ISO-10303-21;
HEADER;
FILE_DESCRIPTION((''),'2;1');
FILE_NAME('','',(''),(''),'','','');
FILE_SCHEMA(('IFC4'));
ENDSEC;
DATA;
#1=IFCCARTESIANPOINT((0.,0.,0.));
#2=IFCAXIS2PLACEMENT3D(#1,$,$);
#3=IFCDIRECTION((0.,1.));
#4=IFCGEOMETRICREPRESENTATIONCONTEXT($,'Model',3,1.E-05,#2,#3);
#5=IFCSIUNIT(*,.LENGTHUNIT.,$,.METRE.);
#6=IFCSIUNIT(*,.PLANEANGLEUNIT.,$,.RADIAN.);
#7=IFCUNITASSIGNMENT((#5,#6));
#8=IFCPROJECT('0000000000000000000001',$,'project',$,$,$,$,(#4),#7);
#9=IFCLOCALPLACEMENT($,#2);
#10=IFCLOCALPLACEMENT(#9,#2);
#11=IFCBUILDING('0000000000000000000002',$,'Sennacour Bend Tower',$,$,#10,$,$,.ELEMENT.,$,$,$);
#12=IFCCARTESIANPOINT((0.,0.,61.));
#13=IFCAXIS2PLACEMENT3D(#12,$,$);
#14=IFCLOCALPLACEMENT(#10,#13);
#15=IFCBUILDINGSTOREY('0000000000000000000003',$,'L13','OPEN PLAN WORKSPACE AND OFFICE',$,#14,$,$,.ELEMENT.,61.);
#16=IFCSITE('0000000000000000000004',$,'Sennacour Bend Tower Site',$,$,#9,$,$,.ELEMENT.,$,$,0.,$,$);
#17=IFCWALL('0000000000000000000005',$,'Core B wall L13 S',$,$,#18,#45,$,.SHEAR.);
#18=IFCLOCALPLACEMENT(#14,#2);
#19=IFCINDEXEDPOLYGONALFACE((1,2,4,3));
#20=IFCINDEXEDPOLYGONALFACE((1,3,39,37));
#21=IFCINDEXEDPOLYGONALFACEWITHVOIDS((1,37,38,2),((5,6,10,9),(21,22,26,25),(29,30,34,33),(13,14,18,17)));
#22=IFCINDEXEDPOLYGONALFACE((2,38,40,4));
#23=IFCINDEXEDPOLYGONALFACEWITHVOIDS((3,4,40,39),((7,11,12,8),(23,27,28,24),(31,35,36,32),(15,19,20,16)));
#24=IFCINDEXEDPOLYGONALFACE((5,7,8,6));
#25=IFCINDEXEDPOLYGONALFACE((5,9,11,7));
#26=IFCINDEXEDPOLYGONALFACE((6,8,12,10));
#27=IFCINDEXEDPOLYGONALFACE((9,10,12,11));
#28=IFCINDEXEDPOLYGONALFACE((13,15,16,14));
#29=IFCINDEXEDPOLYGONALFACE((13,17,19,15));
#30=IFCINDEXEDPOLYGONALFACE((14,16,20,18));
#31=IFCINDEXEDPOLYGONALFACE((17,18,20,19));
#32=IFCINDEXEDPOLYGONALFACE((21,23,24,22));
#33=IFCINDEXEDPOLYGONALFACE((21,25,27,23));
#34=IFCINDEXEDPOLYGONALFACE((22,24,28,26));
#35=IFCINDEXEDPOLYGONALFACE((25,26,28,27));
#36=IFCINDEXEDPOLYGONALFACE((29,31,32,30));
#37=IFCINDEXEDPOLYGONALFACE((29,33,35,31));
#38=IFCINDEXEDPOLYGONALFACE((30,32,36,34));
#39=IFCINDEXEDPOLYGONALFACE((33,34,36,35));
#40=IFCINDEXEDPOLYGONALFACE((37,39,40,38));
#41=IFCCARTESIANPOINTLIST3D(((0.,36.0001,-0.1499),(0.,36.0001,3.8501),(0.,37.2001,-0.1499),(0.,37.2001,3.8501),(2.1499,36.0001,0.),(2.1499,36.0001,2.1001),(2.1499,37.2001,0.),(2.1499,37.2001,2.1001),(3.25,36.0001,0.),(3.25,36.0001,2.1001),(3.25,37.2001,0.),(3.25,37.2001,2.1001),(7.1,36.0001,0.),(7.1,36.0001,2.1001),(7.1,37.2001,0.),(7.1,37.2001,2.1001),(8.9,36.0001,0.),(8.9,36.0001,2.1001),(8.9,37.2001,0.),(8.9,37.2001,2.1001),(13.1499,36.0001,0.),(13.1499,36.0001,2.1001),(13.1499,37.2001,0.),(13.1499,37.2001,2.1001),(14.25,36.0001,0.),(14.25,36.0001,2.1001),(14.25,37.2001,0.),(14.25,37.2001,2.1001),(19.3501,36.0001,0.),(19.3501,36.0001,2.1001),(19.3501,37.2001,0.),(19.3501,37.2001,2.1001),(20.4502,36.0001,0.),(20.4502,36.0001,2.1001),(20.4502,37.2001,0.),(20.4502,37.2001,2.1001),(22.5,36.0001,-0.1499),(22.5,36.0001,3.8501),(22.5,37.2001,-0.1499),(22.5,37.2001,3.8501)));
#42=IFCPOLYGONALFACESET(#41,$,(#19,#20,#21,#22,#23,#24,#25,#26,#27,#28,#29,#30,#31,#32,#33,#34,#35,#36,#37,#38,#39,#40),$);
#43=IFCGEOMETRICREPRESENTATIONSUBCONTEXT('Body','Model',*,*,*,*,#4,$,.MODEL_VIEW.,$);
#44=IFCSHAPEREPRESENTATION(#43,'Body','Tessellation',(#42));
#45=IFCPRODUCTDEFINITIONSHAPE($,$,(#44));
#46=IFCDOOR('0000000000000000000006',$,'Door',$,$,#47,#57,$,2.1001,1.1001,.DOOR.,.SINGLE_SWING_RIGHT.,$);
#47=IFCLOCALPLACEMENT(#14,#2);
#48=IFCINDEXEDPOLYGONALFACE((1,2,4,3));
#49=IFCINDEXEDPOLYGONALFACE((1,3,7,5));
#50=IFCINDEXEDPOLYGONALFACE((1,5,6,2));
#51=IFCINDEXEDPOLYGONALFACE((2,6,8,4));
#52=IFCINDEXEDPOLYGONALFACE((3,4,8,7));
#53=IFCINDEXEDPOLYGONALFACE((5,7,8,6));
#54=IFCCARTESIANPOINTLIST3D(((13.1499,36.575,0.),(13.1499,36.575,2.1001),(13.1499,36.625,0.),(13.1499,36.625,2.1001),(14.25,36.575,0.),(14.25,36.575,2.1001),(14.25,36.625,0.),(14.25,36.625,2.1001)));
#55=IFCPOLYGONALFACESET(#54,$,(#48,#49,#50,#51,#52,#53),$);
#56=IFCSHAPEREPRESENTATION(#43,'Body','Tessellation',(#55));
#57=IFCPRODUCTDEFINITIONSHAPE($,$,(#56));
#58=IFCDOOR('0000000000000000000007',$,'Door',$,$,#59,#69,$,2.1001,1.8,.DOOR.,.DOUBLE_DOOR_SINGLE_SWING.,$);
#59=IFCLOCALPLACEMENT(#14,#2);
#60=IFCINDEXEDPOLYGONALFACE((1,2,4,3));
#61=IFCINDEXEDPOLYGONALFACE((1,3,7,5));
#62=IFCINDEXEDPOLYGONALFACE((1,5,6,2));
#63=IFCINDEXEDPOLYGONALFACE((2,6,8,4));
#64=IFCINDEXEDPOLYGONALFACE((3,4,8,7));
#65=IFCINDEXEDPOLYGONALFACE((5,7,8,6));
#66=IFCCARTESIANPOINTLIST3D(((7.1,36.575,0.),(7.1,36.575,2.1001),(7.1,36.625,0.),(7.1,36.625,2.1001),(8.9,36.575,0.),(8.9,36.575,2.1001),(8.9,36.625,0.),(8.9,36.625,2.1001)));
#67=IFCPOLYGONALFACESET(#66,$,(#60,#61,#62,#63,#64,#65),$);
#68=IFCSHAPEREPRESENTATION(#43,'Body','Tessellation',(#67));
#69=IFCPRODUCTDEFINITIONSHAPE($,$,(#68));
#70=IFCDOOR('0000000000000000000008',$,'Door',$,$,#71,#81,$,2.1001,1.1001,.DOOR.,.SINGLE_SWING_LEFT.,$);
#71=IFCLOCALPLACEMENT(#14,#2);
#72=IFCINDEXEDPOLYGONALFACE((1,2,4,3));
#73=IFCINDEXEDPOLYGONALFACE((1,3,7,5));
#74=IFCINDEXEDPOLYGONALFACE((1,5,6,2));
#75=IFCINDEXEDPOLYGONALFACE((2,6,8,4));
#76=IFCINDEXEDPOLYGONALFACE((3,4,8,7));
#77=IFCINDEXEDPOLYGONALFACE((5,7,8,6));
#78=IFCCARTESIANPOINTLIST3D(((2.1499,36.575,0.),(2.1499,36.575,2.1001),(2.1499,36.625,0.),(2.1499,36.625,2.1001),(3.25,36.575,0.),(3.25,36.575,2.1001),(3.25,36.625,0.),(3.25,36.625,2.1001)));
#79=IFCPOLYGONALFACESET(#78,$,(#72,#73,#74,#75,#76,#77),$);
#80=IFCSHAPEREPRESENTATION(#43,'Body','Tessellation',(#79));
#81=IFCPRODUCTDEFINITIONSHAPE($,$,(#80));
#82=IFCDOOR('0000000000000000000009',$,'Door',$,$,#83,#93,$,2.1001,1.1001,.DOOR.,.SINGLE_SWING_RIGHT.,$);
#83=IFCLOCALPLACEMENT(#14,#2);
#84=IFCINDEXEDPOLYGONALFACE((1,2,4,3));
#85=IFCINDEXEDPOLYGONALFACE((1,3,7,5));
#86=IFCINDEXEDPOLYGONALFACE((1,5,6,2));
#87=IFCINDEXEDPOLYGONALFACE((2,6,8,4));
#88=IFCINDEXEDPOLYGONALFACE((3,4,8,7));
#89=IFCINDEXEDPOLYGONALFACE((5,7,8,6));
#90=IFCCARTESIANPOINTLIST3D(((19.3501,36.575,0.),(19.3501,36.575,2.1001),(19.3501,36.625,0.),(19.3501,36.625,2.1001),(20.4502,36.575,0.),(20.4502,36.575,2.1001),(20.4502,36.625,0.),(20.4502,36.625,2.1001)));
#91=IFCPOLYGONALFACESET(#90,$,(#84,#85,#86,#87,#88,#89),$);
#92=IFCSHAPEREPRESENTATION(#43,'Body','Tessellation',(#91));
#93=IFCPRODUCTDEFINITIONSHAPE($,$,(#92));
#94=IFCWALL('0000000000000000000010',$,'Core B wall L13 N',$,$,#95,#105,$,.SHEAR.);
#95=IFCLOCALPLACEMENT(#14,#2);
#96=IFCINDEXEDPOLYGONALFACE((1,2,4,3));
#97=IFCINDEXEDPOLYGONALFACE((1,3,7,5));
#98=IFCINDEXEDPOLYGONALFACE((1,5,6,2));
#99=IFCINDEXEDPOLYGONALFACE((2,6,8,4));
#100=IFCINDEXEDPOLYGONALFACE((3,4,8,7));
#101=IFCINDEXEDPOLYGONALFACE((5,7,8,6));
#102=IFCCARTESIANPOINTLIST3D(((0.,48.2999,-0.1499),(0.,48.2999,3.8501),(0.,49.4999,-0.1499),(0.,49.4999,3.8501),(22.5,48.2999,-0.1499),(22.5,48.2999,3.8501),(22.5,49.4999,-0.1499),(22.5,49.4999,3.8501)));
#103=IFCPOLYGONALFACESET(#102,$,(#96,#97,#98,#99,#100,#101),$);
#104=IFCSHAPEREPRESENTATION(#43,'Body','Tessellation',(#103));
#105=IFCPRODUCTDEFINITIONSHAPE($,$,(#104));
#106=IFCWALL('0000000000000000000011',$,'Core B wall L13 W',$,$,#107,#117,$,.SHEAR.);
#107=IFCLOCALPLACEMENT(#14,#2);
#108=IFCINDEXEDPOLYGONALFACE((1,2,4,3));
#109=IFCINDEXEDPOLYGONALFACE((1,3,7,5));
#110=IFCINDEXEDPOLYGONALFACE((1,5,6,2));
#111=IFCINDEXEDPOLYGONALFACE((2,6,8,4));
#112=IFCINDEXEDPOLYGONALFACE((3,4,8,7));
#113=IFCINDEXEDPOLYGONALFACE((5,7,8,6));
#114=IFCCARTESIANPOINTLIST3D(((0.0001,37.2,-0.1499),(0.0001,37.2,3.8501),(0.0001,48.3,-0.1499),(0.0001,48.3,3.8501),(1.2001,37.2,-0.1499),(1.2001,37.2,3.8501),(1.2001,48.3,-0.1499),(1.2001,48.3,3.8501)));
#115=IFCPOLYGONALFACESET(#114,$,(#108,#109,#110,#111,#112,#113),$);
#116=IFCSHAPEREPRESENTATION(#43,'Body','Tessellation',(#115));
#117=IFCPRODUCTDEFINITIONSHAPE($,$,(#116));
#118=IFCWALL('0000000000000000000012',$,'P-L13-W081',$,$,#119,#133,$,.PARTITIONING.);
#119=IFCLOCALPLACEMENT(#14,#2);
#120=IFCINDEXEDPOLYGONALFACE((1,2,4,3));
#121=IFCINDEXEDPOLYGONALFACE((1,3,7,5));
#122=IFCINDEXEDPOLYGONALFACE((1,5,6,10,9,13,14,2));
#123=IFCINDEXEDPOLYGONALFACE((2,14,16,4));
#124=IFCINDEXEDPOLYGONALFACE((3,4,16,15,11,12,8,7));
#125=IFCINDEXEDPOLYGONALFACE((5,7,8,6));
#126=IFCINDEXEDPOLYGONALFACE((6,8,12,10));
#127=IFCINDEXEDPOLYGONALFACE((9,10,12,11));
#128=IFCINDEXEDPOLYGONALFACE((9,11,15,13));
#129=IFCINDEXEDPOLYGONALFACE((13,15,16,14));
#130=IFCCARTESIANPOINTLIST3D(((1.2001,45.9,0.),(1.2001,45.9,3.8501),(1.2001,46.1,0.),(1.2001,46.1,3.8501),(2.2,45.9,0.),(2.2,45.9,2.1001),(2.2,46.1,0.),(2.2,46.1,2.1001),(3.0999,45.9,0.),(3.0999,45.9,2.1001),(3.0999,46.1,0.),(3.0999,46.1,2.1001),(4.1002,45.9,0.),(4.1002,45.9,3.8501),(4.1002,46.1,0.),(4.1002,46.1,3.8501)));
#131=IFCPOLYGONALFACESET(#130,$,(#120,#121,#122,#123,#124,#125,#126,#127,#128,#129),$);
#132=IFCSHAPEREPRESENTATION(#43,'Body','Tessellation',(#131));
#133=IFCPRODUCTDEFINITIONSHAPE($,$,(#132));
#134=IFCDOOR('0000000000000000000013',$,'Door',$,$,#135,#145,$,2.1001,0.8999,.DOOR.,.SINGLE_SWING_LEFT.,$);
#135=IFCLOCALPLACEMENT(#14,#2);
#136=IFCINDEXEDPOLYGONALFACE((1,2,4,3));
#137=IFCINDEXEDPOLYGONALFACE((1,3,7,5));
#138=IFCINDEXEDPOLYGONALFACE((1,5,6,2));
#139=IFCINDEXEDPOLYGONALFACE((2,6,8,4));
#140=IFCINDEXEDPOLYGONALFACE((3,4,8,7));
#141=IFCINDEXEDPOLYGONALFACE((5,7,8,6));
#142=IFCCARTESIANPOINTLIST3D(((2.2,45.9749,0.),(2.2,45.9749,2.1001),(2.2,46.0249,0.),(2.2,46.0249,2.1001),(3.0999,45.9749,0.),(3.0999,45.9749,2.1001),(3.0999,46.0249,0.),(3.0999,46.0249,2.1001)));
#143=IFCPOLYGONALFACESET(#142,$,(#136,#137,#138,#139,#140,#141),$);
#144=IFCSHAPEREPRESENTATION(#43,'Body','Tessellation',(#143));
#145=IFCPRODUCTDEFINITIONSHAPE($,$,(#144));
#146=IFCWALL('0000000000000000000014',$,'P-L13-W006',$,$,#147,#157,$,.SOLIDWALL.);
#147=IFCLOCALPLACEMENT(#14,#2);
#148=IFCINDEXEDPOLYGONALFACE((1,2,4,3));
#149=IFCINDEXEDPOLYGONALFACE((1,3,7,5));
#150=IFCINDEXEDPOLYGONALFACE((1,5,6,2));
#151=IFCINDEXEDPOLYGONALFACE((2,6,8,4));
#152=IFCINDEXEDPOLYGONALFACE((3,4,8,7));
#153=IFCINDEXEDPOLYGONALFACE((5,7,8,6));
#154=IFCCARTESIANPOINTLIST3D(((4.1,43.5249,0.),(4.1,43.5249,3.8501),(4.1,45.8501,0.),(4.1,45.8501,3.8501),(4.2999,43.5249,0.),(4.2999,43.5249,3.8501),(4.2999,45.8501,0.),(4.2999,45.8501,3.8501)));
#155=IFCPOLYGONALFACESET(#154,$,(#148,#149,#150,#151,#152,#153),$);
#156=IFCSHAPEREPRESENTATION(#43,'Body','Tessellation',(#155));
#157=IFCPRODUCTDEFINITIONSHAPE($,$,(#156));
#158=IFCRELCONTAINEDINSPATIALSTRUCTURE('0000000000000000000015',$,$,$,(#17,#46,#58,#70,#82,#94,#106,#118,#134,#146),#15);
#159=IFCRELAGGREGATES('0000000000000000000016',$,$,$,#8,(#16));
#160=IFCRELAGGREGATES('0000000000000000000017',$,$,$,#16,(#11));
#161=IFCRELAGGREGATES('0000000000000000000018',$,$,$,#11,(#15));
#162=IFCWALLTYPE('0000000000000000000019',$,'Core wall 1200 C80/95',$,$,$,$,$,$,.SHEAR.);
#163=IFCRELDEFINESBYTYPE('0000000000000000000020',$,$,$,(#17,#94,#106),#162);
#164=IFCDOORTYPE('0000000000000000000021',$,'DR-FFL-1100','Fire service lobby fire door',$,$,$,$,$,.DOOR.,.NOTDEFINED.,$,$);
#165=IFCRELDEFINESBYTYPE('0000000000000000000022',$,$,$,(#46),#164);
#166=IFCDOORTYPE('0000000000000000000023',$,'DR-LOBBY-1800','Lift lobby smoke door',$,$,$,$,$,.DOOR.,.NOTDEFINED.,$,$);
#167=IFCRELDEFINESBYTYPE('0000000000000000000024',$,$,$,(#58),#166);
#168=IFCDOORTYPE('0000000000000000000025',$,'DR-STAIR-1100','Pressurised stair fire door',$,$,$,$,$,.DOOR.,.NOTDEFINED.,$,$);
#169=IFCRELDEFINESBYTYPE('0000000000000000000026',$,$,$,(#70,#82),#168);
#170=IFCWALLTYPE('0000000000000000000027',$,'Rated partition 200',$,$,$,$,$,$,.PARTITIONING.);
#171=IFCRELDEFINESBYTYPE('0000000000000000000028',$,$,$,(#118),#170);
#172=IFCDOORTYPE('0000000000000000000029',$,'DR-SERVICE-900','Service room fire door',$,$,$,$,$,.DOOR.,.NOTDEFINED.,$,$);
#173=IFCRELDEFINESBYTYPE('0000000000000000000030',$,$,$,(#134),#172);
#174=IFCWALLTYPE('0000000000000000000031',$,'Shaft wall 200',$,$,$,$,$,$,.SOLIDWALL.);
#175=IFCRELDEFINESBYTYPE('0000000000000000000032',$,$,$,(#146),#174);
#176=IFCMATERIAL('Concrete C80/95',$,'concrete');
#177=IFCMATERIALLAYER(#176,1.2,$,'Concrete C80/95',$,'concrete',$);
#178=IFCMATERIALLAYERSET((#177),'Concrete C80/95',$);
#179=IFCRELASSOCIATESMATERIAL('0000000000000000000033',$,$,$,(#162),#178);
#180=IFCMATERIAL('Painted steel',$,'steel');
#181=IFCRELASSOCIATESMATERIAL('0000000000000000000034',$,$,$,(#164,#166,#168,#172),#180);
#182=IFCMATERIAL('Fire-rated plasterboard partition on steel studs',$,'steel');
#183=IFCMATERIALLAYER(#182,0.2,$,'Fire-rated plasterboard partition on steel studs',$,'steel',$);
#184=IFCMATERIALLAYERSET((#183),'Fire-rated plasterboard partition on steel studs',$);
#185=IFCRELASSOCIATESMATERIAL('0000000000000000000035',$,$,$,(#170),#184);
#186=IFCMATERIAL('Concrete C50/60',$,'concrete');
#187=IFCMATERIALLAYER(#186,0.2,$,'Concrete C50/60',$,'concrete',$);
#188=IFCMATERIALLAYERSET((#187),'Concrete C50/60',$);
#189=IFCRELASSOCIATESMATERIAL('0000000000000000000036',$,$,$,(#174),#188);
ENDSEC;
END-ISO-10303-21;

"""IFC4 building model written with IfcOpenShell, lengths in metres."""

from ifc_helpers import new_model, si_unit, direction, frame, frame_2d, origin, place, context, subcontext, project, spatial, rectangle, extrude, material, layer, layer_set, type_object, element, fill, save


model = new_model("IFC4")

# Units and contexts
model_context = context("Model", 3, precision=1e-05, world=origin(), true_north=direction((0.0, 1.0)))
body_context = subcontext(model_context, "Body", "Model", "MODEL_VIEW")
ifc_project = project(units=[si_unit("LENGTHUNIT", "METRE"), si_unit("PLANEANGLEUNIT", "RADIAN")], contexts=[model_context])

# Site, building, storey
site_placement = place(None, origin())
site = spatial("IfcSite", under=ifc_project, at=site_placement, Name="Sennacour Bend Tower Site", CompositionType="ELEMENT", RefElevation=0.0)
building_placement = place(site_placement, origin())
building = spatial("IfcBuilding", under=site, at=building_placement, Name="Sennacour Bend Tower", CompositionType="ELEMENT")
storey_placement = place(building_placement, frame((0.0, 0.0, 61.0)))
storey = spatial("IfcBuildingStorey", under=building, at=storey_placement, Name="L13", Description="OPEN PLAN WORKSPACE AND OFFICE", CompositionType="ELEMENT", Elevation=61.0)

# Wall, openings, doors
ifc_material_1 = material(Name="Concrete C80/95", Category="concrete")
ifc_layer_1 = layer(ifc_material_1, 1.2, Name="Concrete C80/95", Category="concrete")
ifc_layer_set_1 = layer_set([ifc_layer_1], Name="Concrete C80/95")
wall_type_1 = type_object("IfcWallType", Name="Core wall 1200 C80/95", PredefinedType="SHEAR", material=ifc_layer_set_1)
wall_1_placement = place(storey_placement, frame((0.0, 36.6001, -0.1499), z_axis=(0.0, 0.0, 1.0), x_axis=(1.0, 0.0, 0.0)))
wall_1 = element("IfcWall", 1, at=wall_1_placement, inside=storey, type_object=wall_type_1, Name="Core B wall L13 S", PredefinedType="SHEAR", context=body_context, shape_type="SweptSolid", body=[
    extrude(rectangle(XDim=22.5, YDim=1.2, at=frame_2d((11.25, 0.0))), origin(), (0.0, 0.0, 1.0), 4.0),
])
opening_1_placement = place(wall_1_placement, frame((7.1001, 0.0, 0.1499)))
opening_1 = element("IfcOpeningElement", 2, at=opening_1_placement, cuts=wall_1, PredefinedType="OPENING", context=body_context, shape_type="SweptSolid", body=[
    extrude(rectangle(XDim=1.8, YDim=2.1001, at=frame_2d((0.8999, 1.05))), frame((0.0, 0.6099, 0.0), z_axis=(0.0, -1.0, 0.0), x_axis=(1.0, 0.0, 0.0)), (0.0, 0.0, 1.0), 1.22),
])
opening_2_placement = place(wall_1_placement, frame((13.1499, 0.0, 0.1499)))
opening_2 = element("IfcOpeningElement", 3, at=opening_2_placement, cuts=wall_1, PredefinedType="OPENING", context=body_context, shape_type="SweptSolid", body=[
    extrude(rectangle(XDim=1.1001, YDim=2.1001, at=frame_2d((0.55, 1.05))), frame((0.0, 0.6099, 0.0), z_axis=(0.0, -1.0, 0.0), x_axis=(1.0, 0.0, 0.0)), (0.0, 0.0, 1.0), 1.22),
])
opening_3_placement = place(wall_1_placement, frame((2.1499, 0.0, 0.1499)))
opening_3 = element("IfcOpeningElement", 4, at=opening_3_placement, cuts=wall_1, PredefinedType="OPENING", context=body_context, shape_type="SweptSolid", body=[
    extrude(rectangle(XDim=1.1001, YDim=2.1001, at=frame_2d((0.55, 1.05))), frame((0.0, 0.6099, 0.0), z_axis=(0.0, -1.0, 0.0), x_axis=(1.0, 0.0, 0.0)), (0.0, 0.0, 1.0), 1.22),
])
opening_4_placement = place(wall_1_placement, frame((19.3501, 0.0, 0.1499)))
opening_4 = element("IfcOpeningElement", 5, at=opening_4_placement, cuts=wall_1, PredefinedType="OPENING", context=body_context, shape_type="SweptSolid", body=[
    extrude(rectangle(XDim=1.1001, YDim=2.1001, at=frame_2d((0.55, 1.05))), frame((0.0, 0.6099, 0.0), z_axis=(0.0, -1.0, 0.0), x_axis=(1.0, 0.0, 0.0)), (0.0, 0.0, 1.0), 1.22),
])
ifc_material_2 = material(Name="Painted steel", Category="steel")
door_type_1 = type_object("IfcDoorType", Name="DR-FFL-1100", Description="Fire service lobby fire door", OperationType="NOTDEFINED", PredefinedType="DOOR", material=ifc_material_2)
door_1_placement = place(opening_2_placement, origin())
door_1 = element("IfcDoor", 6, at=door_1_placement, inside=storey, type_object=door_type_1, Name="Door", OperationType="SINGLE_SWING_RIGHT", OverallHeight=2.1001, OverallWidth=1.1001, PredefinedType="DOOR", context=body_context, shape_type="SweptSolid", body=[
    extrude(rectangle(XDim=1.1001, YDim=2.1001, at=frame_2d((0.55, 1.05))), frame((0.0, 0.0249, 0.0), z_axis=(0.0, -1.0, 0.0), x_axis=(1.0, 0.0, 0.0)), (0.0, 0.0, 1.0), 0.05),
])
fill(opening_2, door_1)
door_type_2 = type_object("IfcDoorType", Name="DR-LOBBY-1800", Description="Lift lobby smoke door", OperationType="NOTDEFINED", PredefinedType="DOOR", material=ifc_material_2)
door_2_placement = place(opening_1_placement, origin())
door_2 = element("IfcDoor", 7, at=door_2_placement, inside=storey, type_object=door_type_2, Name="Door", OperationType="DOUBLE_DOOR_SINGLE_SWING", OverallHeight=2.1001, OverallWidth=1.8, PredefinedType="DOOR", context=body_context, shape_type="SweptSolid", body=[
    extrude(rectangle(XDim=1.8, YDim=2.1001, at=frame_2d((0.8999, 1.05))), frame((0.0, 0.0249, 0.0), z_axis=(0.0, -1.0, 0.0), x_axis=(1.0, 0.0, 0.0)), (0.0, 0.0, 1.0), 0.05),
])
fill(opening_1, door_2)
door_type_3 = type_object("IfcDoorType", Name="DR-STAIR-1100", Description="Pressurised stair fire door", OperationType="NOTDEFINED", PredefinedType="DOOR", material=ifc_material_2)
door_3_placement = place(opening_3_placement, origin())
door_3 = element("IfcDoor", 8, at=door_3_placement, inside=storey, type_object=door_type_3, Name="Door", OperationType="SINGLE_SWING_LEFT", OverallHeight=2.1001, OverallWidth=1.1001, PredefinedType="DOOR", context=body_context, shape_type="SweptSolid", body=[
    extrude(rectangle(XDim=1.1001, YDim=2.1001, at=frame_2d((0.55, 1.05))), frame((0.0, 0.0249, 0.0), z_axis=(0.0, -1.0, 0.0), x_axis=(1.0, 0.0, 0.0)), (0.0, 0.0, 1.0), 0.05),
])
fill(opening_3, door_3)
door_4_placement = place(opening_4_placement, origin())
door_4 = element("IfcDoor", 9, at=door_4_placement, inside=storey, type_object=door_type_3, Name="Door", OperationType="SINGLE_SWING_RIGHT", OverallHeight=2.1001, OverallWidth=1.1001, PredefinedType="DOOR", context=body_context, shape_type="SweptSolid", body=[
    extrude(rectangle(XDim=1.1001, YDim=2.1001, at=frame_2d((0.55, 1.05))), frame((0.0, 0.0249, 0.0), z_axis=(0.0, -1.0, 0.0), x_axis=(1.0, 0.0, 0.0)), (0.0, 0.0, 1.0), 0.05),
])
fill(opening_4, door_4)

# Walls
wall_2_placement = place(storey_placement, frame((0.0, 48.8999, -0.1499), z_axis=(0.0, 0.0, 1.0), x_axis=(1.0, 0.0, 0.0)))
element("IfcWall", 10, at=wall_2_placement, inside=storey, type_object=wall_type_1, Name="Core B wall L13 N", PredefinedType="SHEAR", context=body_context, shape_type="SweptSolid", body=[
    extrude(rectangle(XDim=22.5, YDim=1.2, at=frame_2d((11.25, 0.0))), origin(), (0.0, 0.0, 1.0), 4.0),
])
wall_3_placement = place(storey_placement, frame((0.6001, 37.2, -0.1499), z_axis=(0.0, 0.0, 1.0), x_axis=(0.0, 1.0, 0.0)))
element("IfcWall", 11, at=wall_3_placement, inside=storey, type_object=wall_type_1, Name="Core B wall L13 W", PredefinedType="SHEAR", context=body_context, shape_type="SweptSolid", body=[
    extrude(rectangle(XDim=11.1001, YDim=1.2, at=frame_2d((5.55, 0.0))), origin(), (0.0, 0.0, 1.0), 4.0),
])

# Wall, opening, door
ifc_material_3 = material(Name="Fire-rated plasterboard partition on steel studs", Category="steel")
ifc_layer_2 = layer(ifc_material_3, 0.2, Name="Fire-rated plasterboard partition on steel studs", Category="steel")
ifc_layer_set_2 = layer_set([ifc_layer_2], Name="Fire-rated plasterboard partition on steel studs")
wall_type_2 = type_object("IfcWallType", Name="Rated partition 200", PredefinedType="PARTITIONING", material=ifc_layer_set_2)
wall_4_placement = place(storey_placement, frame((1.2, 46.0, 0.0), z_axis=(0.0, 0.0, 1.0), x_axis=(1.0, 0.0, 0.0)))
wall_4 = element("IfcWall", 12, at=wall_4_placement, inside=storey, type_object=wall_type_2, Name="P-L13-W081", PredefinedType="PARTITIONING", context=body_context, shape_type="SweptSolid", body=[
    extrude(rectangle(XDim=2.9001, YDim=0.2, at=frame_2d((1.4502, 0.0))), origin(), (0.0, 0.0, 1.0), 3.8501),
])
opening_5_placement = place(wall_4_placement, frame((1.0, 0.0, 0.0)))
opening_5 = element("IfcOpeningElement", 13, at=opening_5_placement, cuts=wall_4, PredefinedType="OPENING", context=body_context, shape_type="SweptSolid", body=[
    extrude(rectangle(XDim=0.8999, YDim=2.1001, at=frame_2d((0.45, 1.05))), frame((0.0, 0.1099, 0.0), z_axis=(0.0, -1.0, 0.0), x_axis=(1.0, 0.0, 0.0)), (0.0, 0.0, 1.0), 0.22),
])
door_type_4 = type_object("IfcDoorType", Name="DR-SERVICE-900", Description="Service room fire door", OperationType="NOTDEFINED", PredefinedType="DOOR", material=ifc_material_2)
door_5_placement = place(opening_5_placement, origin())
door_5 = element("IfcDoor", 14, at=door_5_placement, inside=storey, type_object=door_type_4, Name="Door", OperationType="SINGLE_SWING_LEFT", OverallHeight=2.1001, OverallWidth=0.8999, PredefinedType="DOOR", context=body_context, shape_type="SweptSolid", body=[
    extrude(rectangle(XDim=0.8999, YDim=2.1001, at=frame_2d((0.45, 1.05))), frame((0.0, 0.0249, 0.0), z_axis=(0.0, -1.0, 0.0), x_axis=(1.0, 0.0, 0.0)), (0.0, 0.0, 1.0), 0.05),
])
fill(opening_5, door_5)

# Wall
ifc_material_4 = material(Name="Concrete C50/60", Category="concrete")
ifc_layer_3 = layer(ifc_material_4, 0.2, Name="Concrete C50/60", Category="concrete")
ifc_layer_set_3 = layer_set([ifc_layer_3], Name="Concrete C50/60")
wall_type_3 = type_object("IfcWallType", Name="Shaft wall 200", PredefinedType="SOLIDWALL", material=ifc_layer_set_3)
wall_5_placement = place(storey_placement, frame((4.2, 43.5249, 0.0), z_axis=(0.0, 0.0, 1.0), x_axis=(0.0, 1.0, 0.0)))
element("IfcWall", 15, at=wall_5_placement, inside=storey, type_object=wall_type_3, Name="P-L13-W006", PredefinedType="SOLIDWALL", context=body_context, shape_type="SweptSolid", body=[
    extrude(rectangle(XDim=2.3252, YDim=0.2, at=frame_2d((1.1626, 0.0))), origin(), (0.0, 0.0, 1.0), 3.8501),
])

save(model, "model.ifc")
